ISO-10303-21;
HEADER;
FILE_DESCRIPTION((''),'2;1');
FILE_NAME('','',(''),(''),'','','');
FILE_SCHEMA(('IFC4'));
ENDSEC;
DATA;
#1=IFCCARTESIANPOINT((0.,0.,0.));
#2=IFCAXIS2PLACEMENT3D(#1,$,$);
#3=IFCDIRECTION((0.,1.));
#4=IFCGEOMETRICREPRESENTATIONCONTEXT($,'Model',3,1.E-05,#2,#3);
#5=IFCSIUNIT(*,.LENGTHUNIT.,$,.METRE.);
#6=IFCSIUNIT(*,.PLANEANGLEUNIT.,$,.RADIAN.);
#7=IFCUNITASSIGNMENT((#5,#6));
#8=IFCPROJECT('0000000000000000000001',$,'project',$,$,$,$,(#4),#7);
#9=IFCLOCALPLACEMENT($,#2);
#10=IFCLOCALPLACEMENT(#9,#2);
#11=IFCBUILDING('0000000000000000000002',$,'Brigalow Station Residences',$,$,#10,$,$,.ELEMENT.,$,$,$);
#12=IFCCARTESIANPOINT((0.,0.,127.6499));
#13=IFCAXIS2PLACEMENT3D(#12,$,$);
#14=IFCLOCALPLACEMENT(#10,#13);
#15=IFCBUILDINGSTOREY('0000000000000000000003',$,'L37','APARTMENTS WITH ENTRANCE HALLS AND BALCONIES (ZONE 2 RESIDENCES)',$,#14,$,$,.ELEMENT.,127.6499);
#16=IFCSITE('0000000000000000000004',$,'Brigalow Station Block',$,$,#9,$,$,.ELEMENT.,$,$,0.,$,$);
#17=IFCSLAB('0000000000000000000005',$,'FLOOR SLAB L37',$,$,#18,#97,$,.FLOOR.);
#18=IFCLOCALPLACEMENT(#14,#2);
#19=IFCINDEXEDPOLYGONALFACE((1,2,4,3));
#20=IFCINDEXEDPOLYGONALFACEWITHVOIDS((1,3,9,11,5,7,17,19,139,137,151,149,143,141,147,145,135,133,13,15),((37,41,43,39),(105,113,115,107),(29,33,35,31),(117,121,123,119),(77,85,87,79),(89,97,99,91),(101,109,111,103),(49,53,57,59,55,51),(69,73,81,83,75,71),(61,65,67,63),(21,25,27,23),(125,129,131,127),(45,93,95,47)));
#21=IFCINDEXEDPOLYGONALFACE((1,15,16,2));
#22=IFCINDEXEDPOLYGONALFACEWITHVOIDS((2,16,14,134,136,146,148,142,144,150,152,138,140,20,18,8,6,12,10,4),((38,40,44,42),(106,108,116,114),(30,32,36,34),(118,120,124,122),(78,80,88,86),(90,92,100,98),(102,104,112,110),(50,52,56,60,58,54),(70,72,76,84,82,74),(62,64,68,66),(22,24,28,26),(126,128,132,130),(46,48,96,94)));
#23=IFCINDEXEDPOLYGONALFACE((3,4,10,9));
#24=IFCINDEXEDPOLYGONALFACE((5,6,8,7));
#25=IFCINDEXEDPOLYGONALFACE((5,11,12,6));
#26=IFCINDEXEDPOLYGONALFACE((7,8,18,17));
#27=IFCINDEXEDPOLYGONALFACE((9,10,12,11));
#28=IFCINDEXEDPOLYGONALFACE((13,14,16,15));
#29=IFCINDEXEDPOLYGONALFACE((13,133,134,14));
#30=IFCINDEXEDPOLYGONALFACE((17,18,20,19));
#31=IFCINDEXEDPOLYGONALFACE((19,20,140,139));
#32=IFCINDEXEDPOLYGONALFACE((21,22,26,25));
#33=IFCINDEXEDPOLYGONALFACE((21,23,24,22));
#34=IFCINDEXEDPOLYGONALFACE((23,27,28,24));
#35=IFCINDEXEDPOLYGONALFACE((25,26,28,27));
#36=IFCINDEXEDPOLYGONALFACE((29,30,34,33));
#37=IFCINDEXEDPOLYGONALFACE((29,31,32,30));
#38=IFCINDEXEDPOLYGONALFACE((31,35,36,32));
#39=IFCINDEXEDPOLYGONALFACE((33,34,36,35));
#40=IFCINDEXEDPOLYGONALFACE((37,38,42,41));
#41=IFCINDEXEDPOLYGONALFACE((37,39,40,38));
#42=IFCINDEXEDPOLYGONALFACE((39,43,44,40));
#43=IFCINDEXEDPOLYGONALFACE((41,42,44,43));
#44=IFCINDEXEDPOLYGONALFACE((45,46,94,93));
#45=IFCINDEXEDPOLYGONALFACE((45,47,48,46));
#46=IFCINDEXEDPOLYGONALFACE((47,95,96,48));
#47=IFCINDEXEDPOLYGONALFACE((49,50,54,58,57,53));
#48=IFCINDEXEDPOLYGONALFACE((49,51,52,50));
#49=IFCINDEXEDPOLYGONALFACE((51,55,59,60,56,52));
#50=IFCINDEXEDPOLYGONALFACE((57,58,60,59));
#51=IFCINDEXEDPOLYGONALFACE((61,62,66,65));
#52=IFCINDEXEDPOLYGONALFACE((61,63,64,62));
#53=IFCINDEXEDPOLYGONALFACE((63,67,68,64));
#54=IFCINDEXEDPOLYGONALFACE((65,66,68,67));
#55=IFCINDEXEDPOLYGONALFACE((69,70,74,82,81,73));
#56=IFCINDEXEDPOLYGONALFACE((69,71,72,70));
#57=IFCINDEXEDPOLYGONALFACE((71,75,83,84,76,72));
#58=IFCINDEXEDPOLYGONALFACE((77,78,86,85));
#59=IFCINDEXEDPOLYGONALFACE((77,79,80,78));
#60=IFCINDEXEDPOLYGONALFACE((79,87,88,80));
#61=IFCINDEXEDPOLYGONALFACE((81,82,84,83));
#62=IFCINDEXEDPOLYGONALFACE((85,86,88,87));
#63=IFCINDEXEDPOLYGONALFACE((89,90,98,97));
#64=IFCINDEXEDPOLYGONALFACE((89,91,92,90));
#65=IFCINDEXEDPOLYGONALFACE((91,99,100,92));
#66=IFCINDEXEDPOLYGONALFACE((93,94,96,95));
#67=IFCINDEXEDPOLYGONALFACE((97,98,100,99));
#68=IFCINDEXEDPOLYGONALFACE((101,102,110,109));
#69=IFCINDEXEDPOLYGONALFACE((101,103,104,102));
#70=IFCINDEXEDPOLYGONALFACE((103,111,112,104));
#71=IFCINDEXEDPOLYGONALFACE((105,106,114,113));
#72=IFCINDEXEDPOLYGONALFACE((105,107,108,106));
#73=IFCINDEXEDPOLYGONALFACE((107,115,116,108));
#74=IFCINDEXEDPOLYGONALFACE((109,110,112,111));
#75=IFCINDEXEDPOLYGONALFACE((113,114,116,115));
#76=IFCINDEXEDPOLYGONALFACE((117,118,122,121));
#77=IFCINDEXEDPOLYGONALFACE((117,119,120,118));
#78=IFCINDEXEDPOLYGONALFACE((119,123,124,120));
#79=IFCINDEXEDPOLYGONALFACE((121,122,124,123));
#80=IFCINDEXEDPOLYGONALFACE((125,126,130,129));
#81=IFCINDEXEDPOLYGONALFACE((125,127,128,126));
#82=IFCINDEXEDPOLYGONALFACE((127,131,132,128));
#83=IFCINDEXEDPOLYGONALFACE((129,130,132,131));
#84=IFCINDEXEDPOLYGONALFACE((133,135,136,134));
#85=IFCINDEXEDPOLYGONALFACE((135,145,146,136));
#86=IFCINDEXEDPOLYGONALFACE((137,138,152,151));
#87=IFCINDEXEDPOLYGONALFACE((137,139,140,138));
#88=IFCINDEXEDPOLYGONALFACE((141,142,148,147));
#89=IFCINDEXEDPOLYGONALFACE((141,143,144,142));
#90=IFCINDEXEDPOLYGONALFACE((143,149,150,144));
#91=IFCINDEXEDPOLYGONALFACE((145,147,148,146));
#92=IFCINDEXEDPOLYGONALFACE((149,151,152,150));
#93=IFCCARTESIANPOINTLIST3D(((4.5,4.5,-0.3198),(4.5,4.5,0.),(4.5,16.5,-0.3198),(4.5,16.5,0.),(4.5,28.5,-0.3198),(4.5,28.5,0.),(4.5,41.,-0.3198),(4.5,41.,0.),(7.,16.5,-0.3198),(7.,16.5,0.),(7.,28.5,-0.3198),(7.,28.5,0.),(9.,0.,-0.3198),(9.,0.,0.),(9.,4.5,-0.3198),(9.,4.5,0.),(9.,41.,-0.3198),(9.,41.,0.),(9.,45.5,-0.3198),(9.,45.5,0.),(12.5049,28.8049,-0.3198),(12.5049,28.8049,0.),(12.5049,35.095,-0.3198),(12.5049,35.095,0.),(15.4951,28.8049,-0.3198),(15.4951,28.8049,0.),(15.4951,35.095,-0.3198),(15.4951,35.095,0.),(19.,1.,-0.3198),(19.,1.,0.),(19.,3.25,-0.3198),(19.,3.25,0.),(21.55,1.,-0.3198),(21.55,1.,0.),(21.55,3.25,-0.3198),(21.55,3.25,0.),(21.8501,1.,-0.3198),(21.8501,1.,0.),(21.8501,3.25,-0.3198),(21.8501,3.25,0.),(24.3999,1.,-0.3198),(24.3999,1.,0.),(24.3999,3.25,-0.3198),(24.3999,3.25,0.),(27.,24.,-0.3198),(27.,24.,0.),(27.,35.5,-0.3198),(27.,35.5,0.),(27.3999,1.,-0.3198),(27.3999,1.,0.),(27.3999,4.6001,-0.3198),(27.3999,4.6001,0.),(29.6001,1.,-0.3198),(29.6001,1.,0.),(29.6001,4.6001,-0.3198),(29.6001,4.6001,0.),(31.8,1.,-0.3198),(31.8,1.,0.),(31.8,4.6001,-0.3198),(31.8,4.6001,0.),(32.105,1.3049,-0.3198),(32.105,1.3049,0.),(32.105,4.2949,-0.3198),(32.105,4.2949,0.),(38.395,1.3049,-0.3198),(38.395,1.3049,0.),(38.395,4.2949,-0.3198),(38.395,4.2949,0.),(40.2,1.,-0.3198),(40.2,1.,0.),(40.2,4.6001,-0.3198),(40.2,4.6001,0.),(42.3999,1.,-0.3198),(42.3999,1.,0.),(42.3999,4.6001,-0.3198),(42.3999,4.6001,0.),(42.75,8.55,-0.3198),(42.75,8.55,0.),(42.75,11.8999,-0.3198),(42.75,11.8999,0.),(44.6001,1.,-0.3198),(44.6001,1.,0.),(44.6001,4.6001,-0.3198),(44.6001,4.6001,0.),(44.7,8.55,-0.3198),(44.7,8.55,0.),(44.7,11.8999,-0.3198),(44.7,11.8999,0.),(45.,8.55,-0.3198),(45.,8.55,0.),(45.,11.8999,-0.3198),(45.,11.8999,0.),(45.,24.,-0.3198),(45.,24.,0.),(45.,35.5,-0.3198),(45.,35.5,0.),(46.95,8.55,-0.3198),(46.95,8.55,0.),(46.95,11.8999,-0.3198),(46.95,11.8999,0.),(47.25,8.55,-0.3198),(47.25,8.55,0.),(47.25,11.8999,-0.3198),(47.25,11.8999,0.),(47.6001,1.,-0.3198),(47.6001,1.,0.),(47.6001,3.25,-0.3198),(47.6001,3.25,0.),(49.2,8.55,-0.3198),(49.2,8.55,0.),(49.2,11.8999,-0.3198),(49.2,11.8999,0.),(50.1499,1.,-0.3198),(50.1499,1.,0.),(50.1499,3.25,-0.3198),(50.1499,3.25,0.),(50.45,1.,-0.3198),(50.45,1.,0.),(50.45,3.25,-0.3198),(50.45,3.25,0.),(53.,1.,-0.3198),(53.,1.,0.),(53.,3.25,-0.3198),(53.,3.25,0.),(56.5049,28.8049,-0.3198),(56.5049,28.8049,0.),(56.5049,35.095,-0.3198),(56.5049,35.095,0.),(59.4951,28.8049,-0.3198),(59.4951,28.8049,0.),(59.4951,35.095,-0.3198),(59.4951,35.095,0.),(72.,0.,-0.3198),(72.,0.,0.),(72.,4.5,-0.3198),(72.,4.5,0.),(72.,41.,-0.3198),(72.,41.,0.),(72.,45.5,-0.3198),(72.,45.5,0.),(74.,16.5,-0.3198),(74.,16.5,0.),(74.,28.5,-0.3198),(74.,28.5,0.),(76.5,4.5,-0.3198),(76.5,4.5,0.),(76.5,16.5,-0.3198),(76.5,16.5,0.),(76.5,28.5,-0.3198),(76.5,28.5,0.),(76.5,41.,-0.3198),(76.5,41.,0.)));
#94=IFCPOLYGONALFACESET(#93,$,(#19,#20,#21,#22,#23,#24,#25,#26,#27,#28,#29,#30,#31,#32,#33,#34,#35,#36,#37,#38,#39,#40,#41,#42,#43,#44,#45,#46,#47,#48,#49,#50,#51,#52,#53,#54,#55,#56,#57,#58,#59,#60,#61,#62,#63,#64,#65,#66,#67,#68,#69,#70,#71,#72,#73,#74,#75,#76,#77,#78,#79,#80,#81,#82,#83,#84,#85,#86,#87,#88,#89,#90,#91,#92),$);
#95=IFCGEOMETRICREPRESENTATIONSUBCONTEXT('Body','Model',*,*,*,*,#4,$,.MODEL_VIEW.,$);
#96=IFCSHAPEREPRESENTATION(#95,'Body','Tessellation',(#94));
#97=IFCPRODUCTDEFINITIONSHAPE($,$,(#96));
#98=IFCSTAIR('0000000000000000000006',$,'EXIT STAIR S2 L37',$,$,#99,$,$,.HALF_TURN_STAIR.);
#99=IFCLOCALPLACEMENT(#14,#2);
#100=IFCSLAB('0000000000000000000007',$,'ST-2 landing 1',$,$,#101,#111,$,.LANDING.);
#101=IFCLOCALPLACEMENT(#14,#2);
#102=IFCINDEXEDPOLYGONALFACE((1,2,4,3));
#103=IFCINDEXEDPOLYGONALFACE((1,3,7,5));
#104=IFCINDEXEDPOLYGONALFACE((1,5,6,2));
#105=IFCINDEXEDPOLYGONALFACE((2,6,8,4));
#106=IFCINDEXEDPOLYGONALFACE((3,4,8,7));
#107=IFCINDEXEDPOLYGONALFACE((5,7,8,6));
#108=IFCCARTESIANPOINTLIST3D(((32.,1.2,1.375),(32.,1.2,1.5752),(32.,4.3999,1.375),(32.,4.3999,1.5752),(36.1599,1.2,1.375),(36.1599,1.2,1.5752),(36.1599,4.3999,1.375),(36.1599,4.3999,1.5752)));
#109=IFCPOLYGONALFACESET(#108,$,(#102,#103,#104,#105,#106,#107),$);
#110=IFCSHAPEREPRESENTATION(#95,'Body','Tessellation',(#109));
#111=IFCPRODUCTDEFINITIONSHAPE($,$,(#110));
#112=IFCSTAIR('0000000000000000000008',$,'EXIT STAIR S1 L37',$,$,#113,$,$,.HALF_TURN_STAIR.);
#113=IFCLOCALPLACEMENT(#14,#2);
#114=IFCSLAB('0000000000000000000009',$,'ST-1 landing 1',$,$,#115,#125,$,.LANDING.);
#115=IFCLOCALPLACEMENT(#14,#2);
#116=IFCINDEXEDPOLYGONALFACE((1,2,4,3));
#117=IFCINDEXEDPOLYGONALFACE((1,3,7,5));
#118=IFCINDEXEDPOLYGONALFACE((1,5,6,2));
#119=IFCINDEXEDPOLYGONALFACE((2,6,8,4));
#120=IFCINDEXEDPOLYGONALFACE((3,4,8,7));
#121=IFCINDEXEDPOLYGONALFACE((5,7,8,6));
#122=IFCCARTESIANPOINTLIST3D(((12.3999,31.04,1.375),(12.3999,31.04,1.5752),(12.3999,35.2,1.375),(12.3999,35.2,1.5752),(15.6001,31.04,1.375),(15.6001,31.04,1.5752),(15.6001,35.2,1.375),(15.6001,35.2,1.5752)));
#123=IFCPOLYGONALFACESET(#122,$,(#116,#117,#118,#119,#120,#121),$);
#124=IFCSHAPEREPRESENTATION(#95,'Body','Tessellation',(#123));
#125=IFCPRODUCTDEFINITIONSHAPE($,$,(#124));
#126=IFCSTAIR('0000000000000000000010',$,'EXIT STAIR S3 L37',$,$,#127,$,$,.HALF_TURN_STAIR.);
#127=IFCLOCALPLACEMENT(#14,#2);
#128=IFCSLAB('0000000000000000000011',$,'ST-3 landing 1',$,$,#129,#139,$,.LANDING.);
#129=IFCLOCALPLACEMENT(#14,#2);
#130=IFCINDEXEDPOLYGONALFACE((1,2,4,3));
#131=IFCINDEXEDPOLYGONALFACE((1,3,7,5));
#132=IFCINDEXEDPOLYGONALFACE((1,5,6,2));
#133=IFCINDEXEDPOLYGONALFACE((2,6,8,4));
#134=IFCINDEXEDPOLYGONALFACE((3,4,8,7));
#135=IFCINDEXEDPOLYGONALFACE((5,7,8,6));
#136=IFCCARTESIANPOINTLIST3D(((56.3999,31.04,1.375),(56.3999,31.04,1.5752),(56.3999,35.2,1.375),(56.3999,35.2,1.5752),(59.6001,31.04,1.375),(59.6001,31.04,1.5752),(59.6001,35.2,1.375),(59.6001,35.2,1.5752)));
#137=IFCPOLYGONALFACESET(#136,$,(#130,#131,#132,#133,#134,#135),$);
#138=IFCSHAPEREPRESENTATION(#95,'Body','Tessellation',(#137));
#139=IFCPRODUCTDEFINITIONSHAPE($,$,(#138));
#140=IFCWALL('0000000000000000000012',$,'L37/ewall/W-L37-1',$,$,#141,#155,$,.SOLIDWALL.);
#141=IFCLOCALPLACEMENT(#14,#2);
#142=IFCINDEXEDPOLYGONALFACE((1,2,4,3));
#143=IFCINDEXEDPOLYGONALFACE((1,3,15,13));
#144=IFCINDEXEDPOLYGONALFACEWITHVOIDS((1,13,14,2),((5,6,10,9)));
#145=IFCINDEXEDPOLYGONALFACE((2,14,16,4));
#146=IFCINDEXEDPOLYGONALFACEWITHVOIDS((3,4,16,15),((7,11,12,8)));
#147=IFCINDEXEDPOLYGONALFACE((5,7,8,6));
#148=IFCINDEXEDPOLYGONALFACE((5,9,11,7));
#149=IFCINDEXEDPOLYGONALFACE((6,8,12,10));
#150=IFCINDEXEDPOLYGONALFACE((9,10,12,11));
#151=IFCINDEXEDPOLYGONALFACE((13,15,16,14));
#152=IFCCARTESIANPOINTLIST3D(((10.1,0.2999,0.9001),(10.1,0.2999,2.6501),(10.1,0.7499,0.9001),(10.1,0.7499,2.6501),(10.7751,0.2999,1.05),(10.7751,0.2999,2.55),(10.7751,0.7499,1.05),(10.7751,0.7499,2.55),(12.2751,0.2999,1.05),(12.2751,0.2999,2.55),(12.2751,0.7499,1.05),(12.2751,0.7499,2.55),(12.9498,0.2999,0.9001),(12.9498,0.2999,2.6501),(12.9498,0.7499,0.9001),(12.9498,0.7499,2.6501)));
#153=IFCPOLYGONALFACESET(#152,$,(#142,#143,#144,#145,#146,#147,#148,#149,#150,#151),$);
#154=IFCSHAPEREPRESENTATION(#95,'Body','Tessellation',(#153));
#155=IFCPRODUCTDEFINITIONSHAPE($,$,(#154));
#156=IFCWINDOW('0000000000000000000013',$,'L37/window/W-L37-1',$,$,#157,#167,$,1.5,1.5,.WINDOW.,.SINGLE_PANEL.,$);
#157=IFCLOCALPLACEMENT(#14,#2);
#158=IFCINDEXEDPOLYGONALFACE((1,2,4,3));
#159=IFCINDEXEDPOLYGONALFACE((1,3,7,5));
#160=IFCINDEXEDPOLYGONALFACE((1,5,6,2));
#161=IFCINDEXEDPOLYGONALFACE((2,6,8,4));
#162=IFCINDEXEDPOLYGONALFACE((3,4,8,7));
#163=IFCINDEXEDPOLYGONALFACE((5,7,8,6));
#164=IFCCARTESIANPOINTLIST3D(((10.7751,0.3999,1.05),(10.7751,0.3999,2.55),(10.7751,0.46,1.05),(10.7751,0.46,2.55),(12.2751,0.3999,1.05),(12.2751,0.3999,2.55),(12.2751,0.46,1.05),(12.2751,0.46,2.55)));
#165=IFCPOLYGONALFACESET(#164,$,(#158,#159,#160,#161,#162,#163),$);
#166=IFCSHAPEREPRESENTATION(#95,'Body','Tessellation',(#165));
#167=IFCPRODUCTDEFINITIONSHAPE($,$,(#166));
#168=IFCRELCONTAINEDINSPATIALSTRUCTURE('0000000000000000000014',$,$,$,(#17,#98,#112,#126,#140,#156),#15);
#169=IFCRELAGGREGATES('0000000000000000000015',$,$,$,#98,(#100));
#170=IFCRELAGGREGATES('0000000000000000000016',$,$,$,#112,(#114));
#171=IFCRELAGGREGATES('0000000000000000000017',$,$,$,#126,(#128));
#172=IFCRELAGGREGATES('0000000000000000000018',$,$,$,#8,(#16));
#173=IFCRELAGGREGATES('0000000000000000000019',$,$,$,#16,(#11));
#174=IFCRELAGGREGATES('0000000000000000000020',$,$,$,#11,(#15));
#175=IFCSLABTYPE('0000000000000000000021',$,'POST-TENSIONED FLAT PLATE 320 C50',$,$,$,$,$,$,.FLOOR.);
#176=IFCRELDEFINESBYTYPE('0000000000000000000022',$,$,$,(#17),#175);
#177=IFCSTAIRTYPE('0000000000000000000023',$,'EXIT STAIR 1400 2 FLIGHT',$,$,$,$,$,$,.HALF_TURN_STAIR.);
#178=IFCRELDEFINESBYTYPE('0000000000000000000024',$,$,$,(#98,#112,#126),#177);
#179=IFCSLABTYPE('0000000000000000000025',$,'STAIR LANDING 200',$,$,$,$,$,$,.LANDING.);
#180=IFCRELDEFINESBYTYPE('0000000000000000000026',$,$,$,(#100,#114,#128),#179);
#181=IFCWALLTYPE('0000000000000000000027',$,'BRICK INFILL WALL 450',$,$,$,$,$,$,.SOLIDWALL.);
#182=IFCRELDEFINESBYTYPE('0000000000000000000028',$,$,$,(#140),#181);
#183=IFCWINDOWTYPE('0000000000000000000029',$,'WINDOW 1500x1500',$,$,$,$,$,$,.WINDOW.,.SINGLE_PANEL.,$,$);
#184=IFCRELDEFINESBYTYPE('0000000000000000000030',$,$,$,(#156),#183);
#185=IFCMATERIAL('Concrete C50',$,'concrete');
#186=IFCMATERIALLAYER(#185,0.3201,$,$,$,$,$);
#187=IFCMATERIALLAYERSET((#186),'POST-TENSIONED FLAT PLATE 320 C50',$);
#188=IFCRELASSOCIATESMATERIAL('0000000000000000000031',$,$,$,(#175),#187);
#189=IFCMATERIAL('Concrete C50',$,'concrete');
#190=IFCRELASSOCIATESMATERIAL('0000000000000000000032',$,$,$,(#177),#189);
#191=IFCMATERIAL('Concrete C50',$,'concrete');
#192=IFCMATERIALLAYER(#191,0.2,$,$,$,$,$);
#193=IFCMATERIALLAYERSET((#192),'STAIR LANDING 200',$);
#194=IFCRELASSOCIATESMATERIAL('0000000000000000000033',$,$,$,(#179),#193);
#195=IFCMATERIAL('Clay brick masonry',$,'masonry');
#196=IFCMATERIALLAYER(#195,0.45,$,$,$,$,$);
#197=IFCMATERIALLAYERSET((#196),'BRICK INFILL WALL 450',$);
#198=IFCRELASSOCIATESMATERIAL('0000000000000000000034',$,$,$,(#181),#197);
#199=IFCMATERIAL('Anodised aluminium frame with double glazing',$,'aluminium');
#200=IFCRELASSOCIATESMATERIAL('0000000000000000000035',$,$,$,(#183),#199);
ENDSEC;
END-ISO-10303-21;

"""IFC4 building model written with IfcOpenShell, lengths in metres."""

from ifc_helpers import new_model, si_unit, direction, frame, frame_2d, origin, place, context, subcontext, project, spatial, polyline, rectangle, outline, extrude, material, layer, layer_set, type_object, element, fill, aggregate, save


model = new_model("IFC4")

# Units and contexts
model_context = context("Model", 3, precision=1e-05, world=origin(), true_north=direction((0.0, 1.0)))
body_context = subcontext(model_context, "Body", "Model", "MODEL_VIEW")
ifc_project = project(units=[si_unit("LENGTHUNIT", "METRE"), si_unit("PLANEANGLEUNIT", "RADIAN")], contexts=[model_context])

# Site, building, storey
site_placement = place(None, origin())
site = spatial("IfcSite", under=ifc_project, at=site_placement, Name="Brigalow Station Block", CompositionType="ELEMENT", RefElevation=0.0)
building_placement = place(site_placement, origin())
building = spatial("IfcBuilding", under=site, at=building_placement, Name="Brigalow Station Residences", CompositionType="ELEMENT")
storey_placement = place(building_placement, frame((0.0, 0.0, 127.6499)))
storey = spatial("IfcBuildingStorey", under=building, at=storey_placement, Name="L37", Description="APARTMENTS WITH ENTRANCE HALLS AND BALCONIES (ZONE 2 RESIDENCES)", CompositionType="ELEMENT", Elevation=127.6499)

# Slab
ifc_material_1 = material(Name="Concrete C50", Category="concrete")
ifc_layer_1 = layer(ifc_material_1, 0.3201)
ifc_layer_set_1 = layer_set([ifc_layer_1], Name="POST-TENSIONED FLAT PLATE 320 C50")
slab_type_1 = type_object("IfcSlabType", Name="POST-TENSIONED FLAT PLATE 320 C50", PredefinedType="FLOOR", material=ifc_layer_set_1)
slab_1_placement = place(storey_placement, frame((0.0, 0.0, -0.3198)))
element("IfcSlab", 1, at=slab_1_placement, inside=storey, type_object=slab_type_1, Name="FLOOR SLAB L37", PredefinedType="FLOOR", context=body_context, shape_type="SweptSolid", body=[
    extrude(outline(polyline([(9.0, 0.0), (72.0, 0.0), (72.0, 4.5), (76.5, 4.5), (76.5, 16.5), (74.0, 16.5), (74.0, 28.5), (76.5, 28.5), (76.5, 41.0), (72.0, 41.0), (72.0, 45.5), (9.0, 45.5), (9.0, 41.0), (4.5, 41.0), (4.5, 28.5), (7.0, 28.5), (7.0, 16.5), (4.5, 16.5), (4.5, 4.5), (9.0, 4.5), (9.0, 0.0)]), holes=[polyline([(12.5049, 35.095), (15.4951, 35.095), (15.4951, 28.8049), (12.5049, 28.8049), (12.5049, 35.095)]), polyline([(19.0, 1.0), (19.0, 3.25), (21.55, 3.25), (21.55, 1.0), (19.0, 1.0)]), polyline([(21.8501, 3.25), (24.3999, 3.25), (24.3999, 1.0), (21.8501, 1.0), (21.8501, 3.25)]), polyline([(27.0, 35.5), (45.0, 35.5), (45.0, 24.0), (27.0, 24.0), (27.0, 35.5)]), polyline([(29.6001, 4.6001), (31.8, 4.6001), (31.8, 1.0), (29.6001, 1.0), (27.3999, 1.0), (27.3999, 4.6001), (29.6001, 4.6001)]), polyline([(32.105, 4.2949), (38.395, 4.2949), (38.395, 1.3049), (32.105, 1.3049), (32.105, 4.2949)]), polyline([(40.2, 4.6001), (42.3999, 4.6001), (44.6001, 4.6001), (44.6001, 1.0), (42.3999, 1.0), (40.2, 1.0), (40.2, 4.6001)]), polyline([(42.75, 11.8999), (44.7, 11.8999), (44.7, 8.55), (42.75, 8.55), (42.75, 11.8999)]), polyline([(45.0, 11.8999), (46.95, 11.8999), (46.95, 8.55), (45.0, 8.55), (45.0, 11.8999)]), polyline([(47.25, 11.8999), (49.2, 11.8999), (49.2, 8.55), (47.25, 8.55), (47.25, 11.8999)]), polyline([(47.6001, 3.25), (50.1499, 3.25), (50.1499, 1.0), (47.6001, 1.0), (47.6001, 3.25)]), polyline([(50.45, 3.25), (53.0, 3.25), (53.0, 1.0), (50.45, 1.0), (50.45, 3.25)]), polyline([(56.5049, 35.095), (59.4951, 35.095), (59.4951, 28.8049), (56.5049, 28.8049), (56.5049, 35.095)])]), origin(), (0.0, 0.0, 1.0), 0.3198),
])

# Stairs, slabs
ifc_material_2 = material(Name="Concrete C50", Category="concrete")
stair_type = type_object("IfcStairType", Name="EXIT STAIR 1400 2 FLIGHT", PredefinedType="HALF_TURN_STAIR", material=ifc_material_2)
stair_1_placement = place(storey_placement, origin())
stair_1 = element("IfcStair", 2, at=stair_1_placement, inside=storey, type_object=stair_type, Name="EXIT STAIR S2 L37", PredefinedType="HALF_TURN_STAIR")
ifc_material_3 = material(Name="Concrete C50", Category="concrete")
ifc_layer_2 = layer(ifc_material_3, 0.2)
ifc_layer_set_2 = layer_set([ifc_layer_2], Name="STAIR LANDING 200")
slab_type_2 = type_object("IfcSlabType", Name="STAIR LANDING 200", PredefinedType="LANDING", material=ifc_layer_set_2)
slab_2_placement = place(storey_placement, frame((0.0, 0.0, 1.375)))
slab_2 = element("IfcSlab", 3, at=slab_2_placement, type_object=slab_type_2, Name="ST-2 landing 1", PredefinedType="LANDING", context=body_context, shape_type="SweptSolid", body=[
    extrude(outline(polyline([(32.0, 1.2), (36.1599, 1.2), (36.1599, 4.3999), (32.0, 4.3999), (32.0, 1.2)])), origin(), (0.0, 0.0, 1.0), 0.2002),
])
aggregate(stair_1, [slab_2])
stair_2_placement = place(storey_placement, origin())
stair_2 = element("IfcStair", 4, at=stair_2_placement, inside=storey, type_object=stair_type, Name="EXIT STAIR S1 L37", PredefinedType="HALF_TURN_STAIR")
slab_3_placement = place(storey_placement, frame((0.0, 0.0, 1.375)))
slab_3 = element("IfcSlab", 5, at=slab_3_placement, type_object=slab_type_2, Name="ST-1 landing 1", PredefinedType="LANDING", context=body_context, shape_type="SweptSolid", body=[
    extrude(outline(polyline([(12.3999, 31.04), (15.6001, 31.04), (15.6001, 35.2), (12.3999, 35.2), (12.3999, 31.04)])), origin(), (0.0, 0.0, 1.0), 0.2002),
])
aggregate(stair_2, [slab_3])
stair_3_placement = place(storey_placement, origin())
stair_3 = element("IfcStair", 6, at=stair_3_placement, inside=storey, type_object=stair_type, Name="EXIT STAIR S3 L37", PredefinedType="HALF_TURN_STAIR")
slab_4_placement = place(storey_placement, frame((0.0, 0.0, 1.375)))
slab_4 = element("IfcSlab", 7, at=slab_4_placement, type_object=slab_type_2, Name="ST-3 landing 1", PredefinedType="LANDING", context=body_context, shape_type="SweptSolid", body=[
    extrude(outline(polyline([(56.3999, 31.04), (59.6001, 31.04), (59.6001, 35.2), (56.3999, 35.2), (56.3999, 31.04)])), origin(), (0.0, 0.0, 1.0), 0.2002),
])
aggregate(stair_3, [slab_4])

# Wall, opening, window
ifc_material_4 = material(Name="Clay brick masonry", Category="masonry")
ifc_layer_3 = layer(ifc_material_4, 0.45)
ifc_layer_set_3 = layer_set([ifc_layer_3], Name="BRICK INFILL WALL 450")
wall_type_1 = type_object("IfcWallType", Name="BRICK INFILL WALL 450", PredefinedType="SOLIDWALL", material=ifc_layer_set_3)
wall_1_placement = place(storey_placement, frame((10.1001, 0.5249, 0.9001), z_axis=(0.0, 0.0, 1.0), x_axis=(1.0, 0.0, 0.0)))
wall_1 = element("IfcWall", 8, at=wall_1_placement, inside=storey, type_object=wall_type_1, Name="L37/ewall/W-L37-1", PredefinedType="SOLIDWALL", context=body_context, shape_type="SweptSolid", body=[
    extrude(rectangle(XDim=2.8499, YDim=0.45, at=frame_2d((1.4248, 0.0))), origin(), (0.0, 0.0, 1.0), 1.75),
])
opening_1_placement = place(wall_1_placement, frame((0.675, 0.0, 0.1499)))
opening_1 = element("IfcOpeningElement", 9, at=opening_1_placement, cuts=wall_1, PredefinedType="OPENING", context=body_context, shape_type="SweptSolid", body=[
    extrude(rectangle(XDim=1.5, YDim=1.5, at=frame_2d((0.75, 0.75))), frame((0.0, 0.2349, 0.0), z_axis=(0.0, -1.0, 0.0), x_axis=(1.0, 0.0, 0.0)), (0.0, 0.0, 1.0), 0.47),
])
ifc_material_5 = material(Name="Anodised aluminium frame with double glazing", Category="aluminium")
window_type_1 = type_object("IfcWindowType", Name="WINDOW 1500x1500", PartitioningType="SINGLE_PANEL", PredefinedType="WINDOW", material=ifc_material_5)
window_1_placement = place(opening_1_placement, origin())
window_1 = element("IfcWindow", 10, at=window_1_placement, inside=storey, type_object=window_type_1, Name="L37/window/W-L37-1", OverallHeight=1.5, OverallWidth=1.5, PartitioningType="SINGLE_PANEL", PredefinedType="WINDOW", context=body_context, shape_type="SweptSolid", body=[
    extrude(rectangle(XDim=1.5, YDim=1.5, at=frame_2d((0.75, 0.75))), frame((0.0, -0.0649, 0.0), z_axis=(0.0, -1.0, 0.0), x_axis=(1.0, 0.0, 0.0)), (0.0, 0.0, 1.0), 0.0601),
])
fill(opening_1, window_1)

save(model, "model.ifc")
